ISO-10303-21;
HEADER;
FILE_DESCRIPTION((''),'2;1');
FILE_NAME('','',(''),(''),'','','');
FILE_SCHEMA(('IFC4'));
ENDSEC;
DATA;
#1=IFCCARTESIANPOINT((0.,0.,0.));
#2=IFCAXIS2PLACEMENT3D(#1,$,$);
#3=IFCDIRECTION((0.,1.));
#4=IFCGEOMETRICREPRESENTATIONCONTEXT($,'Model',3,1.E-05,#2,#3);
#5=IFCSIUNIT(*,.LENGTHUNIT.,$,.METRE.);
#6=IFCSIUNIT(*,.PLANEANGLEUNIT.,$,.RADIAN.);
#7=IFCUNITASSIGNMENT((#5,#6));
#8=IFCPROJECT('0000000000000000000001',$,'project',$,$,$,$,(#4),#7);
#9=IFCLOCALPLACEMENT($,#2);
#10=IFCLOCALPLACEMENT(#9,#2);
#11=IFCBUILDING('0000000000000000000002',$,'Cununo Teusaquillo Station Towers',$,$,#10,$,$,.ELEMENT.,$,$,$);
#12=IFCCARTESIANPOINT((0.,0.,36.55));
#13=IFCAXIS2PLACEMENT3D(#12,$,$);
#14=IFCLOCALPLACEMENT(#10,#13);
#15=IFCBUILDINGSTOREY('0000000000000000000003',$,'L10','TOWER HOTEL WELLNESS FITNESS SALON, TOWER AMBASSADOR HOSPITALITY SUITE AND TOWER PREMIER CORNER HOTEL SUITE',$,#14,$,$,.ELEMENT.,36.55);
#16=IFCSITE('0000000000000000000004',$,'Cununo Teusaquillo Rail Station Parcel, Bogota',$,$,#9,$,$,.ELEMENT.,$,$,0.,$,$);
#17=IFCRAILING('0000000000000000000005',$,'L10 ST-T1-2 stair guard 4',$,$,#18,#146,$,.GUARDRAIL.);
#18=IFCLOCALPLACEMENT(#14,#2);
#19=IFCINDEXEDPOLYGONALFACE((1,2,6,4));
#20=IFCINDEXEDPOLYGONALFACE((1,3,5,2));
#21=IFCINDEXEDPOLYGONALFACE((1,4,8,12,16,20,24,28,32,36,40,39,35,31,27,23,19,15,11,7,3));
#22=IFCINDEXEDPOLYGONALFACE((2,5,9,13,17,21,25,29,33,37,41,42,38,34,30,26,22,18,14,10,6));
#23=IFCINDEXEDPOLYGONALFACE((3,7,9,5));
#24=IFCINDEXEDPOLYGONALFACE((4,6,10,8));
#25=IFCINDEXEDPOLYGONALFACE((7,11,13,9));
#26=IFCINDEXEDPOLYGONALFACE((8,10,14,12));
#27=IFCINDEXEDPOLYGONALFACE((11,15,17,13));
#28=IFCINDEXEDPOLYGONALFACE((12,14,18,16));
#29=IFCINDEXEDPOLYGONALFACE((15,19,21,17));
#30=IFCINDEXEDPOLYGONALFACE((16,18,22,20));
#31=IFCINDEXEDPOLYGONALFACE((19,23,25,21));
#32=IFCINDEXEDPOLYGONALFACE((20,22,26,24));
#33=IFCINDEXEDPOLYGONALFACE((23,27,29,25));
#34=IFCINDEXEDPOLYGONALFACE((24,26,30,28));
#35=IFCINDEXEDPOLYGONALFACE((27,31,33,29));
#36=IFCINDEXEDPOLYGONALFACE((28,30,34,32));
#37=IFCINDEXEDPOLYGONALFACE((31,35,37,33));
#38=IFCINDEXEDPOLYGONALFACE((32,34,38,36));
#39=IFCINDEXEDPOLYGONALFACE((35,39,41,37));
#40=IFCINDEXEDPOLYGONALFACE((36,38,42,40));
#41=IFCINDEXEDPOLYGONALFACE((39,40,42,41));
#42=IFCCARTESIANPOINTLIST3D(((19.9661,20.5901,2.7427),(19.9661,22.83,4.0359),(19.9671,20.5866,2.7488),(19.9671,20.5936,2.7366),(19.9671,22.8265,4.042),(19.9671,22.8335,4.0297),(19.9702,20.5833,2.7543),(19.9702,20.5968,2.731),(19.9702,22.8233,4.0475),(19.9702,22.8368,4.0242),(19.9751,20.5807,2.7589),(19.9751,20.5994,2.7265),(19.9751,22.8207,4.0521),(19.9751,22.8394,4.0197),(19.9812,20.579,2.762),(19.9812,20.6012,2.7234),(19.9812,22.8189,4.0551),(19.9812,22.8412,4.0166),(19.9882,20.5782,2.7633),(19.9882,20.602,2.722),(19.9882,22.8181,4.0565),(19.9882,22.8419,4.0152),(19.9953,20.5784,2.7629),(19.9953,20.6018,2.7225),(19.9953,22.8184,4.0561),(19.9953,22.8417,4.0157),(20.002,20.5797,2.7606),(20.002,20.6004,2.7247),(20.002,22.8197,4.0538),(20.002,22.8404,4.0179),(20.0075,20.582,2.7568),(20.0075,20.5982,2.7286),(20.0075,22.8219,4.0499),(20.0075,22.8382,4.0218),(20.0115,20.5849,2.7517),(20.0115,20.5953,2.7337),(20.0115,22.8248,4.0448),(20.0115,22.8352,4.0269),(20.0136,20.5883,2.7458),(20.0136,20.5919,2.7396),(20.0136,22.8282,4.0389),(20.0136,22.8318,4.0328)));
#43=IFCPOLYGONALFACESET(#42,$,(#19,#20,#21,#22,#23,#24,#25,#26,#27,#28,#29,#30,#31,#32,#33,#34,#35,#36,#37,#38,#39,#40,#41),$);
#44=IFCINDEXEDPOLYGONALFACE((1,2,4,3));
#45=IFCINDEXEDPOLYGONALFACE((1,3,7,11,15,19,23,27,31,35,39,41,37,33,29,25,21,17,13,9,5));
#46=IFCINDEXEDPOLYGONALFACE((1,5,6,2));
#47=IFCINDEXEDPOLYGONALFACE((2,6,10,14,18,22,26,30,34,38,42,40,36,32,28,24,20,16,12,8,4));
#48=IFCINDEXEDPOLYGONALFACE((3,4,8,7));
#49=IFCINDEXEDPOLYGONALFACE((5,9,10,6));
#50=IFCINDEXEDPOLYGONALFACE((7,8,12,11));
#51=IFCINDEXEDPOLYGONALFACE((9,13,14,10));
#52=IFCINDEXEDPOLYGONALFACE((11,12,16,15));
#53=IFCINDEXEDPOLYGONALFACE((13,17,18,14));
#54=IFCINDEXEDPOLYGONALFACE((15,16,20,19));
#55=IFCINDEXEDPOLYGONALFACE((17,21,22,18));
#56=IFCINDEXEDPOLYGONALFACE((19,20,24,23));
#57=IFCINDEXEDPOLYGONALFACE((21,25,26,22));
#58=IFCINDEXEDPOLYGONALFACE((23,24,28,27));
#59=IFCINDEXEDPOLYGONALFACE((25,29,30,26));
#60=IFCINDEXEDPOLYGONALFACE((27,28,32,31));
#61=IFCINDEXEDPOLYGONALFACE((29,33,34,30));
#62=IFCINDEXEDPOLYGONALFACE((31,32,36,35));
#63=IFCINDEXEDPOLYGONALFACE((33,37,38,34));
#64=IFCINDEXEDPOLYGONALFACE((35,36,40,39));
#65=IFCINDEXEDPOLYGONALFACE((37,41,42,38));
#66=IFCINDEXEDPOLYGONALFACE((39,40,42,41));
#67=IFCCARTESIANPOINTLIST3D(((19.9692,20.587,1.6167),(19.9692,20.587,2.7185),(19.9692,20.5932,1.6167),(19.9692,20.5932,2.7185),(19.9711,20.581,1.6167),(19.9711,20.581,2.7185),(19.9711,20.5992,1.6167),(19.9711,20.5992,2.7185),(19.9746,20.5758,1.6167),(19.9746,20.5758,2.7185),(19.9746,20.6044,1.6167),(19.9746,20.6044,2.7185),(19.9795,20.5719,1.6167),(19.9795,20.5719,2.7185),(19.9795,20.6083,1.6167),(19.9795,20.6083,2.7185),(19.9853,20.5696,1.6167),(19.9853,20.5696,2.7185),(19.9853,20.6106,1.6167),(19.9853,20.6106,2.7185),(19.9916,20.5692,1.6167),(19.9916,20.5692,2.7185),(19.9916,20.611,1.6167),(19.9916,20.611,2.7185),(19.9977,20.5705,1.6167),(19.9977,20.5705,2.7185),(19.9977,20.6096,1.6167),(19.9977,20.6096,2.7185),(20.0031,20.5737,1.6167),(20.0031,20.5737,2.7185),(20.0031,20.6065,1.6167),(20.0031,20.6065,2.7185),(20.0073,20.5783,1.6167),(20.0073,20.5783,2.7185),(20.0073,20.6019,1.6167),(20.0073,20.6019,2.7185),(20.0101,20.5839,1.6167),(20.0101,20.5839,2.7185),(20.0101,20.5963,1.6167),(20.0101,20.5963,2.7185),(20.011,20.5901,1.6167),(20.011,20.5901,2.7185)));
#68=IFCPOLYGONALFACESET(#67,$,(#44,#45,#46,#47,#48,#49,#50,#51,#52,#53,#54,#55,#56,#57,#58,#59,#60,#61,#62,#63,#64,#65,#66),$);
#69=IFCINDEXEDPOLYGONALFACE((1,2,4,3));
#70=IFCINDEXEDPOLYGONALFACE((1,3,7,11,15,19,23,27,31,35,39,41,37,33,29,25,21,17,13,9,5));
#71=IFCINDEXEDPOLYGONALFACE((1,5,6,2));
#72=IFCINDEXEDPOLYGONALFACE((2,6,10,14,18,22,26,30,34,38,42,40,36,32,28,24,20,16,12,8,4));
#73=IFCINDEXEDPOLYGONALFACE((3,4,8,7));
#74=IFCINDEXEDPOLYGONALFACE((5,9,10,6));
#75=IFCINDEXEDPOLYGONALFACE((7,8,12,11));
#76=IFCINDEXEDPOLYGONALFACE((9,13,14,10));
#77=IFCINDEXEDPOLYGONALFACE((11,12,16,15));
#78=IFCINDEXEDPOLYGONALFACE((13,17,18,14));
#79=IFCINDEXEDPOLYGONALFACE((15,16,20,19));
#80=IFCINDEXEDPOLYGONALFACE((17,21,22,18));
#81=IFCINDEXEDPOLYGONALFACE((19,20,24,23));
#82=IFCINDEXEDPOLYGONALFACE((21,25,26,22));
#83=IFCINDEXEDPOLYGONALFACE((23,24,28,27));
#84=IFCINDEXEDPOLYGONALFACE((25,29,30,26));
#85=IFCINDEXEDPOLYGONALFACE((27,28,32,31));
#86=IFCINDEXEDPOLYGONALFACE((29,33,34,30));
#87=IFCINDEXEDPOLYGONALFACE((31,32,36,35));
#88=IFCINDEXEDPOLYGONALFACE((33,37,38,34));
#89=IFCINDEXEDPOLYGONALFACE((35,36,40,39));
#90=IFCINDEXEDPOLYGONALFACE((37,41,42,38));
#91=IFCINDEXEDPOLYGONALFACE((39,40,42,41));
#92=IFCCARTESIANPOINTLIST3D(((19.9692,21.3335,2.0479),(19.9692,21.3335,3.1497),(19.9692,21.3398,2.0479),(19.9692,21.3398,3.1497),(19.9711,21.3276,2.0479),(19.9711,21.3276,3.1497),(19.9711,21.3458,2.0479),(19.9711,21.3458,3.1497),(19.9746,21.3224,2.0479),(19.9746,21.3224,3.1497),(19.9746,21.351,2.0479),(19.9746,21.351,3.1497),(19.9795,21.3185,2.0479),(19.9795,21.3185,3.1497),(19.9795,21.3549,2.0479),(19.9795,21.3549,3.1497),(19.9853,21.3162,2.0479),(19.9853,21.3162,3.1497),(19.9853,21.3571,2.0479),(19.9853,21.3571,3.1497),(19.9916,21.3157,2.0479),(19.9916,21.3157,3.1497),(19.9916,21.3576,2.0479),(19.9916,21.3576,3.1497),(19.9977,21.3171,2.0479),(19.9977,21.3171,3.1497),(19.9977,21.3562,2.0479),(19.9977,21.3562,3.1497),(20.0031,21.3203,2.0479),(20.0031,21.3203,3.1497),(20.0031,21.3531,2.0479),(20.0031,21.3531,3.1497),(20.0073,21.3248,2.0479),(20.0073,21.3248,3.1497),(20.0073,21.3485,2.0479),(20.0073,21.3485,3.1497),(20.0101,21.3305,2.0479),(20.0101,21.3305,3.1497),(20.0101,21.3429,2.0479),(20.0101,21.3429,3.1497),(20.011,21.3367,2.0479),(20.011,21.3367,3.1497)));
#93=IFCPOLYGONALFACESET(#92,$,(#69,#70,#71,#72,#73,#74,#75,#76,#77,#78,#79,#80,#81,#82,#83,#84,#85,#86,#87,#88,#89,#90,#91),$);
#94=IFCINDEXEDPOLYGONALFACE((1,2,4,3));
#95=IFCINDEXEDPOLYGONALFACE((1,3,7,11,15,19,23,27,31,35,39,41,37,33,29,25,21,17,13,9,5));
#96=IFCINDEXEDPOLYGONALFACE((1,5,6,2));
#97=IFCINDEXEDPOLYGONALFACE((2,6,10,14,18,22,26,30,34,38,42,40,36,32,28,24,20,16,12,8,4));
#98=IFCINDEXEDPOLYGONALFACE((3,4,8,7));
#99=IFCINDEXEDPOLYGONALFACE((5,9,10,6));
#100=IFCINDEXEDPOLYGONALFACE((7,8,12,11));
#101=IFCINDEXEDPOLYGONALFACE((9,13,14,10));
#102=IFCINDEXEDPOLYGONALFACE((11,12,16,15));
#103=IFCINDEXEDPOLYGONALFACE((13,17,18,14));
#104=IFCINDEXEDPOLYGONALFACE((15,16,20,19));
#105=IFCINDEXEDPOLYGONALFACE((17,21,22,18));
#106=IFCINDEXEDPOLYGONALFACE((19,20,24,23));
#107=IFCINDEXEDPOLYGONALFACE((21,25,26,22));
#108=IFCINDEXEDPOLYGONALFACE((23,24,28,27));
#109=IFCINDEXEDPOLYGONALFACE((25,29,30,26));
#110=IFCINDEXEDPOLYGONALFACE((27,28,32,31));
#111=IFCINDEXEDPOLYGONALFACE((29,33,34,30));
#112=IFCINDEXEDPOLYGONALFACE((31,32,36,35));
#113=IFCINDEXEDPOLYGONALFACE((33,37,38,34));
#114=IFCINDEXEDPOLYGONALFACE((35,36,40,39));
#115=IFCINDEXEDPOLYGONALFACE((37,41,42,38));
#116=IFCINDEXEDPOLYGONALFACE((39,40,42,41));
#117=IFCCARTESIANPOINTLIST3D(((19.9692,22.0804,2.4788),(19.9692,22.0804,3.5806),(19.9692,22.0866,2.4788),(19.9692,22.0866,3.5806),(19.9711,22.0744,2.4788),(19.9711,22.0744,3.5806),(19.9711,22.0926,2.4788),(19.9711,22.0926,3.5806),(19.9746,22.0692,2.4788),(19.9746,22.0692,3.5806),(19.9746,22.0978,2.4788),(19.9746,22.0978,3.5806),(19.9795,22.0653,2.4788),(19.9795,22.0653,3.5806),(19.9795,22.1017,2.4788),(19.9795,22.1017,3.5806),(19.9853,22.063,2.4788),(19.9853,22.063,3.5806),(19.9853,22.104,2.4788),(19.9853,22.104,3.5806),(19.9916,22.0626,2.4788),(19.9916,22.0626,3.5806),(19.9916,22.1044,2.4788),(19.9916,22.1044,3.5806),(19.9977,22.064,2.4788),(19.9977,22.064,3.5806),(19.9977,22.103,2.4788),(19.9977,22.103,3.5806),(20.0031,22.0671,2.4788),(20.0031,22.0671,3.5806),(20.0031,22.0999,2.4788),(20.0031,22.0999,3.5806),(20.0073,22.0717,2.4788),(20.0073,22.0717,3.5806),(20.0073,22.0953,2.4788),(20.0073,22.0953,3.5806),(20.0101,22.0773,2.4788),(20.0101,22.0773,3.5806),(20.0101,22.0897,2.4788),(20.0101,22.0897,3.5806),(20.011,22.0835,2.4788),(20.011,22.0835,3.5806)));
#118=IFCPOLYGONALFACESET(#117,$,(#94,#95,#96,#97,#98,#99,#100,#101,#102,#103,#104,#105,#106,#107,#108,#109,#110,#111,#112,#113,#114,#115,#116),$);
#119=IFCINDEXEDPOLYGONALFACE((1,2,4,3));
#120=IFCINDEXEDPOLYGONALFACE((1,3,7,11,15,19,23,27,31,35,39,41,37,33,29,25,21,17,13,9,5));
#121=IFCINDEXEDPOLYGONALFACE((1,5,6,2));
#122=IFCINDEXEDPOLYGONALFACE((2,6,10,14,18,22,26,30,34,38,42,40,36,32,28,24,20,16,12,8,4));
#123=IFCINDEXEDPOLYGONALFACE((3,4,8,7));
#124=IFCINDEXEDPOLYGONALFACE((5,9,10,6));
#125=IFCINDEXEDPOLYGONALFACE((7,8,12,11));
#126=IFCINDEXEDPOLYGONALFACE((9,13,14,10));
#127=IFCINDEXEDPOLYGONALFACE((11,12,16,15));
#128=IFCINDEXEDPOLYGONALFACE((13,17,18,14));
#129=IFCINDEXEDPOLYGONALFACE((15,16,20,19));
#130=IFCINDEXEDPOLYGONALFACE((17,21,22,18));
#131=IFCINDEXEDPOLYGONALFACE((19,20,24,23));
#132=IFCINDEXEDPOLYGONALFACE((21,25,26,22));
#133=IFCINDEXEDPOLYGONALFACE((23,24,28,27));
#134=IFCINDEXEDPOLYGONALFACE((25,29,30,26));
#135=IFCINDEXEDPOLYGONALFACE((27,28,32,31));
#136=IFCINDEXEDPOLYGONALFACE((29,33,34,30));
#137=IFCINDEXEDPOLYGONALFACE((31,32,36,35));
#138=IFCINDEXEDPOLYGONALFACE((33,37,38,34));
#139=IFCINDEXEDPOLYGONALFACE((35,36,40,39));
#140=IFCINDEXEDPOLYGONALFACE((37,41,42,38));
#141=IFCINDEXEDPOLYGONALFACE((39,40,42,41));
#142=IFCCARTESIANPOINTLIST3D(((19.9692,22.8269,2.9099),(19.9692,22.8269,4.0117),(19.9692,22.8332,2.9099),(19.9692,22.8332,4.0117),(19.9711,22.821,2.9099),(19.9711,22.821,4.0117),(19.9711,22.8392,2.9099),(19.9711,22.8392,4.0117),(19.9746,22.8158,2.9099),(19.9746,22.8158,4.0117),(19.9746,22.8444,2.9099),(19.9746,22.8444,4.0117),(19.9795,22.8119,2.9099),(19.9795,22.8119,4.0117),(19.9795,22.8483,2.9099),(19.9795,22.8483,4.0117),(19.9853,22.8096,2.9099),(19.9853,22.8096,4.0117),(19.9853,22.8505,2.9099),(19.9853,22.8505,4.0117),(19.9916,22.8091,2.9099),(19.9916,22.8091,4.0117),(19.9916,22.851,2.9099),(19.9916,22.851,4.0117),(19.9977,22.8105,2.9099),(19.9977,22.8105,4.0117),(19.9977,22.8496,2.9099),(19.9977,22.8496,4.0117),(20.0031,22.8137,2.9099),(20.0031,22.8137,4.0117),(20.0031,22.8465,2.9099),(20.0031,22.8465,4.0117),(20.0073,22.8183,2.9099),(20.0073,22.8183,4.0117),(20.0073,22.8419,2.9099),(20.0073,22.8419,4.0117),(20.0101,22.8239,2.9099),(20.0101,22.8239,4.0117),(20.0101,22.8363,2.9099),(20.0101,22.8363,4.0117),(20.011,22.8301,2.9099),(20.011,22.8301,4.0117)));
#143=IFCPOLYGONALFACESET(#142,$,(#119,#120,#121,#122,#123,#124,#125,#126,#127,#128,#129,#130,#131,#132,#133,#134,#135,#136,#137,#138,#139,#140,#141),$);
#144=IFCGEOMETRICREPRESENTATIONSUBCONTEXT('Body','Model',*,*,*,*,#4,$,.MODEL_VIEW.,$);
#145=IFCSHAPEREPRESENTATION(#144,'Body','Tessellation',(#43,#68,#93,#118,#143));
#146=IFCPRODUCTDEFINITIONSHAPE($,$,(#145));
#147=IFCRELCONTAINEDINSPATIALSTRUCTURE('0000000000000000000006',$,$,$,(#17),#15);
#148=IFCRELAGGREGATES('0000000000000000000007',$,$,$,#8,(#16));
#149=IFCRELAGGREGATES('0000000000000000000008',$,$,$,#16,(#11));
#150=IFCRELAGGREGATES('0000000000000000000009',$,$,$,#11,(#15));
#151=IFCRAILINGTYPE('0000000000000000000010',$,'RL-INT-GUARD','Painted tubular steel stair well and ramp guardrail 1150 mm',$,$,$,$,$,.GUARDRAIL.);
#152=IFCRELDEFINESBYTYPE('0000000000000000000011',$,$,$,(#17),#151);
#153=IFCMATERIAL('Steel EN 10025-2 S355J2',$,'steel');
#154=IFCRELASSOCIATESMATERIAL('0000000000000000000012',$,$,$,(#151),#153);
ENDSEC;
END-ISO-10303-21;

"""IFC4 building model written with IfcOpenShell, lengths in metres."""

from ifc_helpers import new_model, si_unit, direction, frame, origin, origin_2d, place, context, subcontext, project, spatial, circle, extrude, material, type_object, element, save


model = new_model("IFC4")

# Units and contexts
model_context = context("Model", 3, precision=1e-05, world=origin(), true_north=direction((0.0, 1.0)))
body_context = subcontext(model_context, "Body", "Model", "MODEL_VIEW")
ifc_project = project(units=[si_unit("LENGTHUNIT", "METRE"), si_unit("PLANEANGLEUNIT", "RADIAN")], contexts=[model_context])

# Site, building, storey
site_placement = place(None, origin())
site = spatial("IfcSite", under=ifc_project, at=site_placement, Name="Cununo Teusaquillo Rail Station Parcel, Bogota", CompositionType="ELEMENT", RefElevation=0.0)
building_placement = place(site_placement, origin())
building = spatial("IfcBuilding", under=site, at=building_placement, Name="Cununo Teusaquillo Station Towers", CompositionType="ELEMENT")
storey_placement = place(building_placement, frame((0.0, 0.0, 36.55)))
storey = spatial("IfcBuildingStorey", under=building, at=storey_placement, Name="L10", Description="TOWER HOTEL WELLNESS FITNESS SALON, TOWER AMBASSADOR HOSPITALITY SUITE AND TOWER PREMIER CORNER HOTEL SUITE", CompositionType="ELEMENT", Elevation=36.55)

# Railing
ifc_material_1 = material(Name="Steel EN 10025-2 S355J2", Category="steel")
railing_type_1 = type_object("IfcRailingType", Name="RL-INT-GUARD", Description="Painted tubular steel stair well and ramp guardrail 1150 mm", PredefinedType="GUARDRAIL", material=ifc_material_1)
railing_1_placement = place(storey_placement, frame((19.99, 20.5901, 1.6167)))
element("IfcRailing", 1, at=railing_1_placement, inside=storey, type_object=railing_type_1, Name="L10 ST-T1-2 stair guard 4", PredefinedType="GUARDRAIL", context=body_context, shape_type="SweptSolid", body=[
    extrude(circle(Radius=0.0239, at=origin_2d()), frame((0.0, 0.0, 1.126), z_axis=(0.0, 0.866033, 0.499987), x_axis=(-1.0, 0.0, 0.0)), (0.0, 0.0, 1.0), 2.5864),
    extrude(circle(Radius=0.021, at=origin_2d()), origin(), (0.0, 0.0, 1.0), 1.1018),
    extrude(circle(Radius=0.021, at=origin_2d()), frame((0.0, 0.7466, 0.4312)), (0.0, 0.0, 1.0), 1.1018),
    extrude(circle(Radius=0.021, at=origin_2d()), frame((0.0, 1.4934, 0.8621)), (0.0, 0.0, 1.0), 1.1018),
    extrude(circle(Radius=0.021, at=origin_2d()), frame((0.0, 2.24, 1.2932)), (0.0, 0.0, 1.0), 1.1018),
])

save(model, "model.ifc")
